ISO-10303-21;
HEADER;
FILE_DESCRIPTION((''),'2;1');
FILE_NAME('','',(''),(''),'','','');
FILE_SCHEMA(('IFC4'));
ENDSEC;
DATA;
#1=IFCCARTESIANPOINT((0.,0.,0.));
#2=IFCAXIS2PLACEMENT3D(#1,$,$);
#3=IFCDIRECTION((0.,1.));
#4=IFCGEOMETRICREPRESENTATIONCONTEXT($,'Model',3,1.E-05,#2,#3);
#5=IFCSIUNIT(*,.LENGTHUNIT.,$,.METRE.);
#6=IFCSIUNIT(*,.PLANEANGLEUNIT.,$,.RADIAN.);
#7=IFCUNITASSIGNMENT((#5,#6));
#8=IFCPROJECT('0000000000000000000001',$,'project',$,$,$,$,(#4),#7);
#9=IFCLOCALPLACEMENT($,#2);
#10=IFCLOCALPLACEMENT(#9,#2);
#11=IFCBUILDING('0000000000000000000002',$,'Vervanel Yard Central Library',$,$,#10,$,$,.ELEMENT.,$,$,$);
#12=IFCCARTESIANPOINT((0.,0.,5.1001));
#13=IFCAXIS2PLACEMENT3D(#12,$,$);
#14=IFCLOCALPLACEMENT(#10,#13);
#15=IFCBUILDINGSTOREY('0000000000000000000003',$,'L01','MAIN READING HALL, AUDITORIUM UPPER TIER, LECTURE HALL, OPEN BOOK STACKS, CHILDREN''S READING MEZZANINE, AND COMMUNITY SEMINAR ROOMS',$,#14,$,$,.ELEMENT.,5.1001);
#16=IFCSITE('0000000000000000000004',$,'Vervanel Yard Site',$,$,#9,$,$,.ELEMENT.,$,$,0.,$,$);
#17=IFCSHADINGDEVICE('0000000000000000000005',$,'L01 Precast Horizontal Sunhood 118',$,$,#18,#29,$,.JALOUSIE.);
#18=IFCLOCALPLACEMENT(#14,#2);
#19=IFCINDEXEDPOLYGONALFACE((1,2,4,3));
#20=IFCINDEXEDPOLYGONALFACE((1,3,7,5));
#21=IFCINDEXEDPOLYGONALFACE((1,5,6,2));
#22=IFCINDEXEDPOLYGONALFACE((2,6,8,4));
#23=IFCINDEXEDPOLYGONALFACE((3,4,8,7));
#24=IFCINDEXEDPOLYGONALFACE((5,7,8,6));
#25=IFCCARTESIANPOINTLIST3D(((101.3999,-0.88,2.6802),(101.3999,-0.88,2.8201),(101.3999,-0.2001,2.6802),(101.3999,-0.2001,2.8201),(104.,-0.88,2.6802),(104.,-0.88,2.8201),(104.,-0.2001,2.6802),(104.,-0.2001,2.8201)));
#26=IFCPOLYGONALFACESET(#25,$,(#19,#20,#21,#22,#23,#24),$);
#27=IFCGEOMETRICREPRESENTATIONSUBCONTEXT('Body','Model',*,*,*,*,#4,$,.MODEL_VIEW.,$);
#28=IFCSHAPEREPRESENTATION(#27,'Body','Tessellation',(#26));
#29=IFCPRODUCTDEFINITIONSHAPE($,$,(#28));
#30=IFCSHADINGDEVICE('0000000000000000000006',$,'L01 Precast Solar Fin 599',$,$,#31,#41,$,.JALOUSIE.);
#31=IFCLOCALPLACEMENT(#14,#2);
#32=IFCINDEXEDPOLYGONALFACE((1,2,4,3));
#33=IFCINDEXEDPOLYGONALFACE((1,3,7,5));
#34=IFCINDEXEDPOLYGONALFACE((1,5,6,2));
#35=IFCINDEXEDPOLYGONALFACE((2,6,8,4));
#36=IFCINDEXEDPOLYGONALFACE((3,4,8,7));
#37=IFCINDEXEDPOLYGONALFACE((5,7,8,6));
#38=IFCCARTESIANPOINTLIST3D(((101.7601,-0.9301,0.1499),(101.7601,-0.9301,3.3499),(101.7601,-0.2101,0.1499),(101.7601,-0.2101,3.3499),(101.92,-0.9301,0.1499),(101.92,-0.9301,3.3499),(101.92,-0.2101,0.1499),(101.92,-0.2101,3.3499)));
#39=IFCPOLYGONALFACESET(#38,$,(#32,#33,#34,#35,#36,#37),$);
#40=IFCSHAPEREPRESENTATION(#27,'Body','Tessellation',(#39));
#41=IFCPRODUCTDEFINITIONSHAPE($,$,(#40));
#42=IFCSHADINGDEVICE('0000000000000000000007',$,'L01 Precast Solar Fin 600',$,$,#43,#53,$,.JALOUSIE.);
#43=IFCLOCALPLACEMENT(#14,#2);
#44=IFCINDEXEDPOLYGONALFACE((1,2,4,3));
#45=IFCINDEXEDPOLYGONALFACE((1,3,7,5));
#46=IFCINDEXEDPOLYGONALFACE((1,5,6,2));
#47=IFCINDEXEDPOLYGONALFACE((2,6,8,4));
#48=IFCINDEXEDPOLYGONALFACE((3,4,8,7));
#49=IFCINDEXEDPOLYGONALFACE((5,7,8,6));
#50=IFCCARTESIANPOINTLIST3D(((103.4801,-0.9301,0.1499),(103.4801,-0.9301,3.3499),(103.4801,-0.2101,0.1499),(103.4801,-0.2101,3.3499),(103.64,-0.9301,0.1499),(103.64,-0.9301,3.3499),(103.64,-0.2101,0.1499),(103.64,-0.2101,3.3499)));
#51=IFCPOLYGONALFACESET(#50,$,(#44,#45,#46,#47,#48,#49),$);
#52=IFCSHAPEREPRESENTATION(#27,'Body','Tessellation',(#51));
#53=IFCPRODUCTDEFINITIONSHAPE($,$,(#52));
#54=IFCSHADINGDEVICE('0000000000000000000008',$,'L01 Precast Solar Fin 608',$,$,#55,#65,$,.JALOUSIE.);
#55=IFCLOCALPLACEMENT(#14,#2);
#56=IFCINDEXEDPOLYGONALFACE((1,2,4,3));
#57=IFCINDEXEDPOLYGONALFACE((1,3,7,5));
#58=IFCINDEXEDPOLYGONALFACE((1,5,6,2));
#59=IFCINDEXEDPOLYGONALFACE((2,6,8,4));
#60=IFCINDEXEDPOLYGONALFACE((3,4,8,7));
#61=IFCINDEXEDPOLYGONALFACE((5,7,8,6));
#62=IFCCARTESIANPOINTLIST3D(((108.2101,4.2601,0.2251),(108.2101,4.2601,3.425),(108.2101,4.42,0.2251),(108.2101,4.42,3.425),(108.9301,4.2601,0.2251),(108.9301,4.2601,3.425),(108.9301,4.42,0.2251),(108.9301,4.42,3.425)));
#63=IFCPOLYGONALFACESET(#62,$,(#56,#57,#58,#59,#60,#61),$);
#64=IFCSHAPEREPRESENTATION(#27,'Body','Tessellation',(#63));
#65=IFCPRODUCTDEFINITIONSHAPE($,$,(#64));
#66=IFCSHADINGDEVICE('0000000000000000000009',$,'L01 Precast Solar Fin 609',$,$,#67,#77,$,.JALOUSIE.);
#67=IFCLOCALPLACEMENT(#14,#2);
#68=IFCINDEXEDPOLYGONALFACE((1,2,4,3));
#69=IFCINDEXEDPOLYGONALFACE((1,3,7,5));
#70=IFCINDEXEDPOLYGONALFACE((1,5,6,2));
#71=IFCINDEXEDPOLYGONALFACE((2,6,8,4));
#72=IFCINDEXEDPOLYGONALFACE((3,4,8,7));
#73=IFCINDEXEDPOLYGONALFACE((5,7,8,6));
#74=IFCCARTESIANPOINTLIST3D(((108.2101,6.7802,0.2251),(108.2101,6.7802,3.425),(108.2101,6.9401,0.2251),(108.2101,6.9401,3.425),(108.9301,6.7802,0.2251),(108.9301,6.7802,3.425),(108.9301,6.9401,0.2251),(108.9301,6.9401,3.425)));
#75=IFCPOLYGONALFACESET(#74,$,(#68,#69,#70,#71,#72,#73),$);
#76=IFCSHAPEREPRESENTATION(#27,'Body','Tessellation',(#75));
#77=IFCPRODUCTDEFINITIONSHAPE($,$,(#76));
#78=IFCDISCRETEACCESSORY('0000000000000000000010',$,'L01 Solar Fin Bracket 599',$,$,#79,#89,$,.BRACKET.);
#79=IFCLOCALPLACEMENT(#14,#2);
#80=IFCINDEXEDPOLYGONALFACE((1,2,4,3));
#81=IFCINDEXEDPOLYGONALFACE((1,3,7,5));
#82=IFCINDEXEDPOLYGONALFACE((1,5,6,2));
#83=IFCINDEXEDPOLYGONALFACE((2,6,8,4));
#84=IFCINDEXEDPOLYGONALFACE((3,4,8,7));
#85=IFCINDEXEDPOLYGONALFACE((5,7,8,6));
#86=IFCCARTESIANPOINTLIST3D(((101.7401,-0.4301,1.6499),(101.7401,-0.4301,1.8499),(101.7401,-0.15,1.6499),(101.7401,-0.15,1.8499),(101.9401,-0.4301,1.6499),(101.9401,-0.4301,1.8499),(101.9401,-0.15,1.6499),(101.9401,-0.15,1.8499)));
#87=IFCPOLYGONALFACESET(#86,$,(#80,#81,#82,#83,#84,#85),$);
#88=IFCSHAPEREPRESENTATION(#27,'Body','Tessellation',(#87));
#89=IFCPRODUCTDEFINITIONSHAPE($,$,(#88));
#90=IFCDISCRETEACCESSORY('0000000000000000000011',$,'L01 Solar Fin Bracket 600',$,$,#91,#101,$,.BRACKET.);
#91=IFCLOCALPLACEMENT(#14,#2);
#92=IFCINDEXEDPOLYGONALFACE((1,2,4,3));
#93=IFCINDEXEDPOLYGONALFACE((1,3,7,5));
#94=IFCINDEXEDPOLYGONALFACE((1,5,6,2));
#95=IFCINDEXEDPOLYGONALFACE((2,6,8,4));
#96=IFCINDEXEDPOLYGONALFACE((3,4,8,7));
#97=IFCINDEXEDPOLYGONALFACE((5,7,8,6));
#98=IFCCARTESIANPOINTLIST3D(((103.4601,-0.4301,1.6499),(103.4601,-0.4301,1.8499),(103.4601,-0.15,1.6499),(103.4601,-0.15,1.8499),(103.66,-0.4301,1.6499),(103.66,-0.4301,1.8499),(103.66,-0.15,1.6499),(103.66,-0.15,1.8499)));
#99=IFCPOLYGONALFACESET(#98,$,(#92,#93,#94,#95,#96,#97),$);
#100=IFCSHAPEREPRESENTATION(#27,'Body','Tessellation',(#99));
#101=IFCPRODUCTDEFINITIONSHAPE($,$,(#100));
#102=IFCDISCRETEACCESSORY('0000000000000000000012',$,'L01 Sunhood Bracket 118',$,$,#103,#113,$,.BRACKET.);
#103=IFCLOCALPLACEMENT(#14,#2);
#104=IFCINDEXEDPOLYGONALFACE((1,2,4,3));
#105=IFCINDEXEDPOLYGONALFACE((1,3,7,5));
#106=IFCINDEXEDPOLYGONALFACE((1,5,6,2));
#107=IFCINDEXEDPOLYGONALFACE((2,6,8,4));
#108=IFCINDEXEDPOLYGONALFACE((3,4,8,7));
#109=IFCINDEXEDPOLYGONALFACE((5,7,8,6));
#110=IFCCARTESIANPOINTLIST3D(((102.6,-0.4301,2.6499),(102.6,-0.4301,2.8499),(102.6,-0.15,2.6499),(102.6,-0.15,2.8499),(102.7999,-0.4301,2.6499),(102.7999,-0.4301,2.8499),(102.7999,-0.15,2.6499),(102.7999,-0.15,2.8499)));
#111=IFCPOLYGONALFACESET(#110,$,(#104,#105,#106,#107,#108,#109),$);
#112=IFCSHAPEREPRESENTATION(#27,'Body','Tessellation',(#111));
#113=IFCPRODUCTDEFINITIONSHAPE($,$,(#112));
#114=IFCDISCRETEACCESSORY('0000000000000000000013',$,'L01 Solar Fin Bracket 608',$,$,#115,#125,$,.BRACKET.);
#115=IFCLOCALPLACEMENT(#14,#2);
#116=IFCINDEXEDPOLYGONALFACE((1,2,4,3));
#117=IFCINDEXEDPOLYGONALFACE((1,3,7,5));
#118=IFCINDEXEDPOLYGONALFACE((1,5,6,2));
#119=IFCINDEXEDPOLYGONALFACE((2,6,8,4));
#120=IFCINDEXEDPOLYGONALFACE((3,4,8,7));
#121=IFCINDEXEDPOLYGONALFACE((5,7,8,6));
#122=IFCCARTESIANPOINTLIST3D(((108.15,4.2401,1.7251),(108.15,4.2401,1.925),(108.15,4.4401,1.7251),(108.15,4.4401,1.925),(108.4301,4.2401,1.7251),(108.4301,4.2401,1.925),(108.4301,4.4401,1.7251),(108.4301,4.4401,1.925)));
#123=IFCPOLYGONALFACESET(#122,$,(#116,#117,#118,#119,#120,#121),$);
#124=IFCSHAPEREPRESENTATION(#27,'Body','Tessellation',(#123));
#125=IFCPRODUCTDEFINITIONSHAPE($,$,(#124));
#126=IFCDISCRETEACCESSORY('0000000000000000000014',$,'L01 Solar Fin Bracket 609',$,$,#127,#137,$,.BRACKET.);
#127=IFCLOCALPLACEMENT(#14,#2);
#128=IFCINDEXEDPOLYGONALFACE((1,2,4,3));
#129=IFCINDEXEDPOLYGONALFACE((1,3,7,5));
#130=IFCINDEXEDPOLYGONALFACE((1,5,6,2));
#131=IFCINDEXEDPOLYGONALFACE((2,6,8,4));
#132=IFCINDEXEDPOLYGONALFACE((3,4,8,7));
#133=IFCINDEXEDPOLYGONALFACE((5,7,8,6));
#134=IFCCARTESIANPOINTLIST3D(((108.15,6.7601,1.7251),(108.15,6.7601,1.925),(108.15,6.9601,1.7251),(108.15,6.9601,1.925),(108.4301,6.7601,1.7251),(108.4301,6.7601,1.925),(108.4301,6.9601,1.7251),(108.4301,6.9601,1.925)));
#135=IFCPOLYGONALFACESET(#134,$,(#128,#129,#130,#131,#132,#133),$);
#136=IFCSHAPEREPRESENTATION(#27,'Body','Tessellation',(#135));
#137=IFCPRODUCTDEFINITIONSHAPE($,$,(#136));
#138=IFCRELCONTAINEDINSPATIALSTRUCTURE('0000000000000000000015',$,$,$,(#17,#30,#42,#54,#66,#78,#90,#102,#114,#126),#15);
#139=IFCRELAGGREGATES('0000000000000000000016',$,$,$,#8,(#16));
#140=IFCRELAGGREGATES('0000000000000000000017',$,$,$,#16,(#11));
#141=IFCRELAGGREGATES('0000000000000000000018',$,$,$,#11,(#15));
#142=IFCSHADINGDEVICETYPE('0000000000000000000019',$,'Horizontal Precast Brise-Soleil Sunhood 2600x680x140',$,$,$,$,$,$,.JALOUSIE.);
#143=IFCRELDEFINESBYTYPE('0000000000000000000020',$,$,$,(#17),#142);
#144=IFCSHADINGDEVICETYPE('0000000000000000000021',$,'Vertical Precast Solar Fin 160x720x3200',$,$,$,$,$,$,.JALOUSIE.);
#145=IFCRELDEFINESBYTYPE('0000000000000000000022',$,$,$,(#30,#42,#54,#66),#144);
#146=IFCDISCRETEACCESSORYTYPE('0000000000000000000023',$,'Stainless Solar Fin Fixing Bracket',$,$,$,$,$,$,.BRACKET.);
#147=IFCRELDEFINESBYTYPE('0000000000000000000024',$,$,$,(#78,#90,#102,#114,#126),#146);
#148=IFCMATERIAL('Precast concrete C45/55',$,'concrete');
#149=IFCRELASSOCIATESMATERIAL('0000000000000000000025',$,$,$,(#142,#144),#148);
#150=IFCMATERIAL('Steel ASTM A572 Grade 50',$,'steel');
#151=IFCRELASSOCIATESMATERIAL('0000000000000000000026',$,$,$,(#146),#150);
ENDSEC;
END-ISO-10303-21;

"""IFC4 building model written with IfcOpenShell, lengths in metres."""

from ifc_helpers import new_model, si_unit, direction, frame, origin, origin_2d, place, context, subcontext, project, spatial, rectangle, extrude, material, type_object, element, save


model = new_model("IFC4")

# Units and contexts
model_context = context("Model", 3, precision=1e-05, world=origin(), true_north=direction((0.0, 1.0)))
body_context = subcontext(model_context, "Body", "Model", "MODEL_VIEW")
ifc_project = project(units=[si_unit("LENGTHUNIT", "METRE"), si_unit("PLANEANGLEUNIT", "RADIAN")], contexts=[model_context])

# Site, building, storey
site_placement = place(None, origin())
site = spatial("IfcSite", under=ifc_project, at=site_placement, Name="Vervanel Yard Site", CompositionType="ELEMENT", RefElevation=0.0)
building_placement = place(site_placement, origin())
building = spatial("IfcBuilding", under=site, at=building_placement, Name="Vervanel Yard Central Library", CompositionType="ELEMENT")
storey_placement = place(building_placement, frame((0.0, 0.0, 5.1001)))
storey = spatial("IfcBuildingStorey", under=building, at=storey_placement, Name="L01", Description="MAIN READING HALL, AUDITORIUM UPPER TIER, LECTURE HALL, OPEN BOOK STACKS, CHILDREN'S READING MEZZANINE, AND COMMUNITY SEMINAR ROOMS", CompositionType="ELEMENT", Elevation=5.1001)

# Shared definitions
ifc_material_1 = material(Name="Precast concrete C45/55", Category="concrete")

# Shading devices
shading_device_type_1 = type_object("IfcShadingDeviceType", Name="Horizontal Precast Brise-Soleil Sunhood 2600x680x140", PredefinedType="JALOUSIE", material=ifc_material_1)
shading_device_placement = place(storey_placement, frame((102.7, -0.54, 2.6802), z_axis=(0.0, 0.0, 1.0), x_axis=(1.0, 0.0, 0.0)))
element("IfcShadingDevice", 1, at=shading_device_placement, inside=storey, type_object=shading_device_type_1, Name="L01 Precast Horizontal Sunhood 118", PredefinedType="JALOUSIE", context=body_context, shape_type="SweptSolid", body=[
    extrude(rectangle(XDim=2.6001, YDim=0.6799, at=origin_2d()), origin(), (0.0, 0.0, 1.0), 0.1399),
])
shading_device_type_2 = type_object("IfcShadingDeviceType", Name="Vertical Precast Solar Fin 160x720x3200", PredefinedType="JALOUSIE", material=ifc_material_1)
for number, where, z_axis, x_axis, name in (
    (2, (101.8401, -0.5701, 0.1499), (0.0, 0.0, 1.0), (1.0, 0.0, 0.0), "L01 Precast Solar Fin 599"),
    (3, (103.5601, -0.5701, 0.1499), (0.0, 0.0, 1.0), (1.0, 0.0, 0.0), "L01 Precast Solar Fin 600"),
    (4, (108.5701, 4.3401, 0.2251), (0.0, 0.0, 1.0), (0.0, 1.0, 0.0), "L01 Precast Solar Fin 608"),
    (5, (108.5701, 6.8601, 0.2251), (0.0, 0.0, 1.0), (0.0, 1.0, 0.0), "L01 Precast Solar Fin 609"),
):
    element("IfcShadingDevice", number, at=place(storey_placement, frame(where, z_axis=z_axis, x_axis=x_axis)), inside=storey, type_object=shading_device_type_2, Name=name, PredefinedType="JALOUSIE", context=body_context, shape_type="SweptSolid", body=[
        extrude(rectangle(XDim=0.1599, YDim=0.72, at=origin_2d()), origin(), (0.0, 0.0, 1.0), 3.2),
    ])

# Discrete accessories
ifc_material_2 = material(Name="Steel ASTM A572 Grade 50", Category="steel")
discrete_accessory_type = type_object("IfcDiscreteAccessoryType", Name="Stainless Solar Fin Fixing Bracket", PredefinedType="BRACKET", material=ifc_material_2)
for number, where, z_axis, x_axis, name in (
    (6, (101.8401, -0.29, 1.6499), (0.0, 0.0, 1.0), (1.0, 0.0, 0.0), "L01 Solar Fin Bracket 599"),
    (7, (103.5601, -0.29, 1.6499), (0.0, 0.0, 1.0), (1.0, 0.0, 0.0), "L01 Solar Fin Bracket 600"),
    (8, (102.7, -0.29, 2.6499), (0.0, 0.0, 1.0), (1.0, 0.0, 0.0), "L01 Sunhood Bracket 118"),
    (9, (108.29, 4.3401, 1.7251), (0.0, 0.0, 1.0), (0.0, 1.0, 0.0), "L01 Solar Fin Bracket 608"),
    (10, (108.29, 6.8601, 1.7251), (0.0, 0.0, 1.0), (0.0, 1.0, 0.0), "L01 Solar Fin Bracket 609"),
):
    element("IfcDiscreteAccessory", number, at=place(storey_placement, frame(where, z_axis=z_axis, x_axis=x_axis)), inside=storey, type_object=discrete_accessory_type, Name=name, PredefinedType="BRACKET", context=body_context, shape_type="SweptSolid", body=[
        extrude(rectangle(XDim=0.2, YDim=0.28, at=origin_2d()), origin(), (0.0, 0.0, 1.0), 0.2),
    ])

save(model, "model.ifc")
